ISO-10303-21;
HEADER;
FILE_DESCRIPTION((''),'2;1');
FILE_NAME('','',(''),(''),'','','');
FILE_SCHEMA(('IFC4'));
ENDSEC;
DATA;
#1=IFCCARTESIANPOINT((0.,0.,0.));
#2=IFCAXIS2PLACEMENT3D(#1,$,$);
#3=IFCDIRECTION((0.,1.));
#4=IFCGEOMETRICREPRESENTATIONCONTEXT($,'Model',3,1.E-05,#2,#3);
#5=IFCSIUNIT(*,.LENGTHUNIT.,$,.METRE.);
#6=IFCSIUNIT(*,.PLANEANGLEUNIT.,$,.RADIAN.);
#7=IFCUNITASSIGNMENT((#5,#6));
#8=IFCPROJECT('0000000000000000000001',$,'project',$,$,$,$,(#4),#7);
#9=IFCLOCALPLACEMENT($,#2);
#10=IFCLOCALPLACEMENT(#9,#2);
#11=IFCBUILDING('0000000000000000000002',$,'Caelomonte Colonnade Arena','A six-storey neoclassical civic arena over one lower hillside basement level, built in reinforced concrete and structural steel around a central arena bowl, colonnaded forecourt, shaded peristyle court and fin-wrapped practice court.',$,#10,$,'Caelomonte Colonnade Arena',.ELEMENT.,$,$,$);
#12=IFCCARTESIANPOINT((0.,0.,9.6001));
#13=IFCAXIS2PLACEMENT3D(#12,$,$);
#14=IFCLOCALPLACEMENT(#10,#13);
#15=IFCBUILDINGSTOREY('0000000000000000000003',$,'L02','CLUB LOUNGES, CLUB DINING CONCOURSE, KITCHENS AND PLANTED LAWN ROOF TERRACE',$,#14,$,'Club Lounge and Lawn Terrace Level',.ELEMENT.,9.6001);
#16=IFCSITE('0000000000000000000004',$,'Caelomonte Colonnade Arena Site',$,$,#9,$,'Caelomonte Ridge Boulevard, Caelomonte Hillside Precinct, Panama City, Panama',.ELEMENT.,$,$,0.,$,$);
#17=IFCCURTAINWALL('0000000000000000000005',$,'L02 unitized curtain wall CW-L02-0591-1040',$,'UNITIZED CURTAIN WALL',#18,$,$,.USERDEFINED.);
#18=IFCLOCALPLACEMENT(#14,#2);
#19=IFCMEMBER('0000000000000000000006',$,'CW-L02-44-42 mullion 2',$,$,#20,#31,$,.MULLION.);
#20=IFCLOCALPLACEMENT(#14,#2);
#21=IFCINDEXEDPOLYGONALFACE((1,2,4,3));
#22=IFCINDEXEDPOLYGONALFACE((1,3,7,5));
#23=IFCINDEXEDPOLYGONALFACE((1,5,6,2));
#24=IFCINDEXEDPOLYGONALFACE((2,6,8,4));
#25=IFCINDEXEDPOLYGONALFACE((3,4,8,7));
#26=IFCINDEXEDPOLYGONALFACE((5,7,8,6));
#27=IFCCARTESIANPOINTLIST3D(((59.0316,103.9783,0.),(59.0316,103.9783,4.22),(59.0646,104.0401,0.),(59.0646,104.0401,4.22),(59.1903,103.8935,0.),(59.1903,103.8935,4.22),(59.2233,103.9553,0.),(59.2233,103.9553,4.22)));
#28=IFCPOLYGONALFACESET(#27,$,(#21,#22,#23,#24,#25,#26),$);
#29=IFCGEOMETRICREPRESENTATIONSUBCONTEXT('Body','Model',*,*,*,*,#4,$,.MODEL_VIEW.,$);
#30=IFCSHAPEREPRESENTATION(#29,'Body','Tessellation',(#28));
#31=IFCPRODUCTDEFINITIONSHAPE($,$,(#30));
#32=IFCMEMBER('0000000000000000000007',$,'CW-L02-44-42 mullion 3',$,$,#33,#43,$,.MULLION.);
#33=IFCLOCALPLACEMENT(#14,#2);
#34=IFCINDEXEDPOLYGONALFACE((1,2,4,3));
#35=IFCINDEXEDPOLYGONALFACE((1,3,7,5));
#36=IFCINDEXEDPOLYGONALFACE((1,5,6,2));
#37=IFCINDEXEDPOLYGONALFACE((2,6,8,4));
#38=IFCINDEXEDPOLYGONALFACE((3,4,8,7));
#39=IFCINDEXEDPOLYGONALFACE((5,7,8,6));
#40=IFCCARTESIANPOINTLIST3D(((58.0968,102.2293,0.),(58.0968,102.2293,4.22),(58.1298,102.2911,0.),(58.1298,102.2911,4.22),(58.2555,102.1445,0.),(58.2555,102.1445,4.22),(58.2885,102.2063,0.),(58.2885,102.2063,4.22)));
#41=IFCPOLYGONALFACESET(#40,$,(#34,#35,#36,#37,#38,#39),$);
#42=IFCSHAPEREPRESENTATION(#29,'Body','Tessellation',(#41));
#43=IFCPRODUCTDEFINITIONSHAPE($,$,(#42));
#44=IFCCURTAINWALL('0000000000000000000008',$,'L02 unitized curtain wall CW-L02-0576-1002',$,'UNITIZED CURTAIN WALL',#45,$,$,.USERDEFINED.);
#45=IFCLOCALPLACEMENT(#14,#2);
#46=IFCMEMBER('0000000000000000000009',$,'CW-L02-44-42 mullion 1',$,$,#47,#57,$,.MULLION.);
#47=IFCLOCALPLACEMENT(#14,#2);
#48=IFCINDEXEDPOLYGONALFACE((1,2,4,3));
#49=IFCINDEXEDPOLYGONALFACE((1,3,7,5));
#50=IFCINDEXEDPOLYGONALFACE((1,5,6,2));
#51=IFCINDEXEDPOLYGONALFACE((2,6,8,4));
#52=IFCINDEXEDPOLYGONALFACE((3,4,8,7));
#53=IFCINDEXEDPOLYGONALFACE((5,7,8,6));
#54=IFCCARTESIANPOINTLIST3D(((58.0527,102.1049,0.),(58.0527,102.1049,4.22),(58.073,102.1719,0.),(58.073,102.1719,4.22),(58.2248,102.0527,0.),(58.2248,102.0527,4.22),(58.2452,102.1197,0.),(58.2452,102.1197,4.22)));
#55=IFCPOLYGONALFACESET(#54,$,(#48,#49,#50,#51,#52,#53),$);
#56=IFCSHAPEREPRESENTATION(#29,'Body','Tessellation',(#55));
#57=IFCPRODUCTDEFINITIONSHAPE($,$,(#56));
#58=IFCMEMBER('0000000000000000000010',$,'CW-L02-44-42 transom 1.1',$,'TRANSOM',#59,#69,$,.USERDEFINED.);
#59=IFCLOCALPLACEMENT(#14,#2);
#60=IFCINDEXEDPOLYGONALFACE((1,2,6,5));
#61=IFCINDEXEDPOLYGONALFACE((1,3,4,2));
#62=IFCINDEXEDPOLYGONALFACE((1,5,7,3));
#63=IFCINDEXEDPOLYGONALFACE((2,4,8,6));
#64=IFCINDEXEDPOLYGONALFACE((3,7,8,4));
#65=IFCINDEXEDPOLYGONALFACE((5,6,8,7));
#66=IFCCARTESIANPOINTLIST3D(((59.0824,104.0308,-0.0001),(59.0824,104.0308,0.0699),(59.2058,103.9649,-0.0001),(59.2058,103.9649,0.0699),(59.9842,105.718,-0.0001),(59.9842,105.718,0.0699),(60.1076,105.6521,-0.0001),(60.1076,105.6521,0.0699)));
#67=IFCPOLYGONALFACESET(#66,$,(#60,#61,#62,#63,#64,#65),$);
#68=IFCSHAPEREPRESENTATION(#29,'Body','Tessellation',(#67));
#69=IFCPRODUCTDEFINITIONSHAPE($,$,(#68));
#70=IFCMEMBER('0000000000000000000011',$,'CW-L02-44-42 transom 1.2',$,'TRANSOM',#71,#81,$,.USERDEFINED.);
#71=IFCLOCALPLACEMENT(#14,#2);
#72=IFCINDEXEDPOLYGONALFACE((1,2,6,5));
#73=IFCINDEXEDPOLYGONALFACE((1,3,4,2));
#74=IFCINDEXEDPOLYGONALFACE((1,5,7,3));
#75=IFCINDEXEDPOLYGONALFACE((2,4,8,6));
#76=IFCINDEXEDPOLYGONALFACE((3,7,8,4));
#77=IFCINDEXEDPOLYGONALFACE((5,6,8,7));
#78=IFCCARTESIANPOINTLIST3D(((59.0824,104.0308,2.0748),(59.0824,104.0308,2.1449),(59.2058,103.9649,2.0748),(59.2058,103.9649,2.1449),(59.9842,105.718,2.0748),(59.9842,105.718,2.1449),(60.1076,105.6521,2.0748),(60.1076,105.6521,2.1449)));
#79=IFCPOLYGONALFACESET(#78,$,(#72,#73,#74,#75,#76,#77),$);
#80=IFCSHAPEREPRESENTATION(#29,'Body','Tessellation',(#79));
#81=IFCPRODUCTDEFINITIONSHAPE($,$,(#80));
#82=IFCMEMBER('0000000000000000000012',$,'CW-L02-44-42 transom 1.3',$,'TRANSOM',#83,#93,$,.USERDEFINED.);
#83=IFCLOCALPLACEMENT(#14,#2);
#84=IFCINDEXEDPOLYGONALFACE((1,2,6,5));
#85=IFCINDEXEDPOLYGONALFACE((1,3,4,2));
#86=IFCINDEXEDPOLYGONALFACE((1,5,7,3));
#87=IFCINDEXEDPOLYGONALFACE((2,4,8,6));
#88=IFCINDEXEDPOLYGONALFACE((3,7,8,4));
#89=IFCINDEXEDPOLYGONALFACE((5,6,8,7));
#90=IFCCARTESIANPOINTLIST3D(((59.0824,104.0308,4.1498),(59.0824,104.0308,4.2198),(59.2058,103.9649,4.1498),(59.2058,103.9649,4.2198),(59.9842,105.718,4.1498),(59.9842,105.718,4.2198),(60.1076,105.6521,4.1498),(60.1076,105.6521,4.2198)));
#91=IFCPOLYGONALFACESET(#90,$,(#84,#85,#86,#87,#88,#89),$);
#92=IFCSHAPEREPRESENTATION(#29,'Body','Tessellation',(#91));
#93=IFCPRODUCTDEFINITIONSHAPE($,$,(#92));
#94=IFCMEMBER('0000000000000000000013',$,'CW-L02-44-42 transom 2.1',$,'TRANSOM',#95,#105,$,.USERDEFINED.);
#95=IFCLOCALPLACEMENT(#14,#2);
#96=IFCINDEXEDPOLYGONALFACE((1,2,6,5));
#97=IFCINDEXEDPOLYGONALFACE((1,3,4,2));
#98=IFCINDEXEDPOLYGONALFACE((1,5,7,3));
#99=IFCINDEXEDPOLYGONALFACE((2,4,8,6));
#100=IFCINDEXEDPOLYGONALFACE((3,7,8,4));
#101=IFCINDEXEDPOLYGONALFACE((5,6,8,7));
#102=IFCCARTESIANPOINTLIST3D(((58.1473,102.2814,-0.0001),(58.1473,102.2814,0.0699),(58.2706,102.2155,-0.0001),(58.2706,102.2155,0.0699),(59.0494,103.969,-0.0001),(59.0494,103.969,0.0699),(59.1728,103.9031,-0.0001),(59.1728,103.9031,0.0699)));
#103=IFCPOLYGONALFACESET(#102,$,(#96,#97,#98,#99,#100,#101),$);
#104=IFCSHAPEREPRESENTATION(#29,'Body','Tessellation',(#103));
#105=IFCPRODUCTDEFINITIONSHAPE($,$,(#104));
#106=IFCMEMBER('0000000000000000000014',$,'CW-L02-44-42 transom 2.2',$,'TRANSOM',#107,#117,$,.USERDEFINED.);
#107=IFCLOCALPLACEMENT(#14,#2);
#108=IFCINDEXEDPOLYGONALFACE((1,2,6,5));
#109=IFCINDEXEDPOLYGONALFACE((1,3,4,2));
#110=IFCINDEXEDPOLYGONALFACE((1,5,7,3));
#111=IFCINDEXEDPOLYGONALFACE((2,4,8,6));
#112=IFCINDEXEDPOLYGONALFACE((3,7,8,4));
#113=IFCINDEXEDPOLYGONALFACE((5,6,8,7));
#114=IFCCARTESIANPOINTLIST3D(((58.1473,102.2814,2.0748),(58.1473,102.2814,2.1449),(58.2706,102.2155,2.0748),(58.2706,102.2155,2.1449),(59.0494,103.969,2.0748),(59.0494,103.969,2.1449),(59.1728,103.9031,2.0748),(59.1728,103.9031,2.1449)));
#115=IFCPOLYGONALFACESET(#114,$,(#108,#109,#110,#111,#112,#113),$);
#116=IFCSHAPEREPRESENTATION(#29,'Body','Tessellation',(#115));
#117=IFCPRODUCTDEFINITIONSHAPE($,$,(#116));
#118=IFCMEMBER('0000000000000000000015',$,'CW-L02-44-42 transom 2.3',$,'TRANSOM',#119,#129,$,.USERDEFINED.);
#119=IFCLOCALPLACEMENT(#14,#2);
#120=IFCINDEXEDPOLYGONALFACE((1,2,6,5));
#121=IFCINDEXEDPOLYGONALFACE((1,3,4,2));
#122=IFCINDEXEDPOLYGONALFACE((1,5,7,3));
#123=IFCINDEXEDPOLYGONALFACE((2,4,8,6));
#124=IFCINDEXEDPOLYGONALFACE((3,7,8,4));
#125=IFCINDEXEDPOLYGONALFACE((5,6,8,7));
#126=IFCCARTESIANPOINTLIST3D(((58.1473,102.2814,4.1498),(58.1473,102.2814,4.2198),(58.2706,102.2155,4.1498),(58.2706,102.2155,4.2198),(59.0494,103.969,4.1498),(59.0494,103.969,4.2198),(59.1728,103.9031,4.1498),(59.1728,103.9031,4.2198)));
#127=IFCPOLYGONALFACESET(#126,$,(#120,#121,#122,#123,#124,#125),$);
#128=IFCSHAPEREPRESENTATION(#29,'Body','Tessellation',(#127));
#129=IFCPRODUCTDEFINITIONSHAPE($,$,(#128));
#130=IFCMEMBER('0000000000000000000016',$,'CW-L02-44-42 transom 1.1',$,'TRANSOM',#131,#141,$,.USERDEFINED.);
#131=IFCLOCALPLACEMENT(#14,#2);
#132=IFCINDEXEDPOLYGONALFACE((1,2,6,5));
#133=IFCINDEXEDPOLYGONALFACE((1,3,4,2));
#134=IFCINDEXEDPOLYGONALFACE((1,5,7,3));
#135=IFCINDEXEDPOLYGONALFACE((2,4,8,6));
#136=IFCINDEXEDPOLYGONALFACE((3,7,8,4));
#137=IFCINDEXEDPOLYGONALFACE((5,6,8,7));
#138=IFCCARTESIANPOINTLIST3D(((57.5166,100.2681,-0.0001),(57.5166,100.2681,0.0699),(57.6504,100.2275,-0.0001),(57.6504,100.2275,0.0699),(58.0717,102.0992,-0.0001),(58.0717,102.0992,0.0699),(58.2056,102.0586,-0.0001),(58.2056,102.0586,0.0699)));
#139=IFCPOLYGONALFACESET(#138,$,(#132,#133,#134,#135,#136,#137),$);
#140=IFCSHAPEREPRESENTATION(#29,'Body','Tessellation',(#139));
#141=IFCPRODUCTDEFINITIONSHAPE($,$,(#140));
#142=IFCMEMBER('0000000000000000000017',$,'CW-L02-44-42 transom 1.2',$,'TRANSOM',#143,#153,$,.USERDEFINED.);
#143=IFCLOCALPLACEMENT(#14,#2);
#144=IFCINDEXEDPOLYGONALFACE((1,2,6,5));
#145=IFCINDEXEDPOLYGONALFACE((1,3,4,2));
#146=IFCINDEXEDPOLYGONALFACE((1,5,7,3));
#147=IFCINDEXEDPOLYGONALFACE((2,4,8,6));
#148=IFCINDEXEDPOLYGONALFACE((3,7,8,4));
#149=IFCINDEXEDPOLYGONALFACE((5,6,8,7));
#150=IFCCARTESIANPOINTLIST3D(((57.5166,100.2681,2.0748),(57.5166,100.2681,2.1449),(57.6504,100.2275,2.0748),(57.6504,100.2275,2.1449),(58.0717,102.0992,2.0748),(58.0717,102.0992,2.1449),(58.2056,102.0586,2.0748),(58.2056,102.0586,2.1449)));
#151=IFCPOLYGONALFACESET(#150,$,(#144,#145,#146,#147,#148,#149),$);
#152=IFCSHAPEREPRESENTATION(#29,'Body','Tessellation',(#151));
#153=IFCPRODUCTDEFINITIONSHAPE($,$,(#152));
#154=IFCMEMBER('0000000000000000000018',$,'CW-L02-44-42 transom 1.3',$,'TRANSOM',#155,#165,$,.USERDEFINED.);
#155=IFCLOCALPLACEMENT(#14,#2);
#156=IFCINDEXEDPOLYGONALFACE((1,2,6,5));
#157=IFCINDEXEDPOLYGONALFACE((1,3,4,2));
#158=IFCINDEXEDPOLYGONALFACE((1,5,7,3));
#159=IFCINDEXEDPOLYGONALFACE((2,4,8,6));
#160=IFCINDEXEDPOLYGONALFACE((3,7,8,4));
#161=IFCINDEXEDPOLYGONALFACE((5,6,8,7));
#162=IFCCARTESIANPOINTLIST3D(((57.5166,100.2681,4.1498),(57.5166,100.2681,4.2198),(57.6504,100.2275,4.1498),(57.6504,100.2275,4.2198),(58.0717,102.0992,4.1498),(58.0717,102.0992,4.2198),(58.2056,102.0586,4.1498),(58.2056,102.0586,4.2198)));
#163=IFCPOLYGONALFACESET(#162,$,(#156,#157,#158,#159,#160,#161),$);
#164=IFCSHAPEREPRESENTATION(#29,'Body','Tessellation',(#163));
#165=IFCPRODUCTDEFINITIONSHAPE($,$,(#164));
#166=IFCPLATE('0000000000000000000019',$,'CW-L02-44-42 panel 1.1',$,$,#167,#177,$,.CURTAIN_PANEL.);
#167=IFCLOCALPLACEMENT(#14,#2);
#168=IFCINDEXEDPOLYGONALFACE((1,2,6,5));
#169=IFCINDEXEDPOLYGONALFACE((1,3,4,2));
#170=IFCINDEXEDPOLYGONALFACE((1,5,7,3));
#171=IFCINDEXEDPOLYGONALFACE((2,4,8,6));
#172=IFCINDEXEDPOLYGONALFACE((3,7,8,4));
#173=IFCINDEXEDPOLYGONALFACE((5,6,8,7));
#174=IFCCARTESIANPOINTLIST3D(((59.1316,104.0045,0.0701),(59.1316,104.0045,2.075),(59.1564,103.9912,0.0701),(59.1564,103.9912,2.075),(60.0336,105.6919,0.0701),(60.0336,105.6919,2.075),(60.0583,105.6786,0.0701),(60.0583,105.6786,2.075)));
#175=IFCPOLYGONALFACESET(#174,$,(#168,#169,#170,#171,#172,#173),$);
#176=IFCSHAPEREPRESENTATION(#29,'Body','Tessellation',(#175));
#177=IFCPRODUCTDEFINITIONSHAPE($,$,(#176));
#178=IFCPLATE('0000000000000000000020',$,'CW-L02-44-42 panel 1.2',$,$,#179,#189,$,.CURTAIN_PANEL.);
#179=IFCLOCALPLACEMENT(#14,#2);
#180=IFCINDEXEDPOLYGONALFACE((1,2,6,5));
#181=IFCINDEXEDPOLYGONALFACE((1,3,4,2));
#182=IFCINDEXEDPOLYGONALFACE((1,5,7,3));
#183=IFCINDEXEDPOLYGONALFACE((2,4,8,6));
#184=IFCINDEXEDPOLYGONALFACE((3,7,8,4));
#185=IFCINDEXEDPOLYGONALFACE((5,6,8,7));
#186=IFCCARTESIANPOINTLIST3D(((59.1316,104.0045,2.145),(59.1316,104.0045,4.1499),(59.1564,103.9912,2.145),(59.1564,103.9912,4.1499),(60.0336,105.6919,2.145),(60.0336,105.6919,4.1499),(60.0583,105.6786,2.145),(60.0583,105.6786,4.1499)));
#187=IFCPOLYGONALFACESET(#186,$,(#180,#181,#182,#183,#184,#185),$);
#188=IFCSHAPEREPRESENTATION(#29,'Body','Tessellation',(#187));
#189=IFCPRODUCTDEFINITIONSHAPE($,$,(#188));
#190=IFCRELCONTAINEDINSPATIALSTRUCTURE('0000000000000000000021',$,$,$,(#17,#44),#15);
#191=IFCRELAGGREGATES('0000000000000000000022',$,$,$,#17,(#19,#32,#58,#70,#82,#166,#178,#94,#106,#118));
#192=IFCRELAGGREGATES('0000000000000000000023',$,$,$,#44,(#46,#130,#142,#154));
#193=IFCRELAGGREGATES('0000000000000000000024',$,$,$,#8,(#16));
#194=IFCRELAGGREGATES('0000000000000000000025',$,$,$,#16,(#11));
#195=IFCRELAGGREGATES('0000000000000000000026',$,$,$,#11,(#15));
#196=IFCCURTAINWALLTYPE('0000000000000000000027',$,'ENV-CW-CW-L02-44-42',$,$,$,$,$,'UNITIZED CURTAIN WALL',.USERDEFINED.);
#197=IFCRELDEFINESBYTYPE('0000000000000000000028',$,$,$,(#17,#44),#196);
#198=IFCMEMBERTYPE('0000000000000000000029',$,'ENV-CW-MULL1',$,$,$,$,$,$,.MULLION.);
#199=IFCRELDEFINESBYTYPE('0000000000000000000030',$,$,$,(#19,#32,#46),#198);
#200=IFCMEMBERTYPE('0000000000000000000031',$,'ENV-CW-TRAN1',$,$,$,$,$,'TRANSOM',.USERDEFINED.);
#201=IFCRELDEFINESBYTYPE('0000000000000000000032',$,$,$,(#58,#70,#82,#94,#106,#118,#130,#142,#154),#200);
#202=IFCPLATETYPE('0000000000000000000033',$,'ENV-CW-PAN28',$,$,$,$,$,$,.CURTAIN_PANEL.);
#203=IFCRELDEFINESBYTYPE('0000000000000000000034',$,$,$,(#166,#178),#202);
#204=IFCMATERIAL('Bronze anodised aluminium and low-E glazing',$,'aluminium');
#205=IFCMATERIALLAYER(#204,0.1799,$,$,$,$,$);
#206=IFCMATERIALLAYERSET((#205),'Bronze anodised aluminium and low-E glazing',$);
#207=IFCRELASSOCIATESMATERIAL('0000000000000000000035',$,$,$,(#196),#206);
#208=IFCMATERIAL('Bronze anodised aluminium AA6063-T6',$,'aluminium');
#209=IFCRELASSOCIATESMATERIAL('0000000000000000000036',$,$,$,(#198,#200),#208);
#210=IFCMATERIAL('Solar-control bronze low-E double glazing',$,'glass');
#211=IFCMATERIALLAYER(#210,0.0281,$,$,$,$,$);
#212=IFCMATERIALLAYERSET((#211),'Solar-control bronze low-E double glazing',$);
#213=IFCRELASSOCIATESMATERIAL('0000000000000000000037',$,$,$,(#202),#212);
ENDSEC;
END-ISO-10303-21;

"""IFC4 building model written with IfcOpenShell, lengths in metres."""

from ifc_helpers import new_model, si_unit, direction, frame, origin, origin_2d, place, context, subcontext, project, spatial, rectangle, extrude, material, layer, layer_set, material_profile, profile_set, type_object, element, aggregate, save


model = new_model("IFC4")

# Units and contexts
model_context = context("Model", 3, precision=1e-05, world=origin(), true_north=direction((0.0, 1.0)))
body_context = subcontext(model_context, "Body", "Model", "MODEL_VIEW")
ifc_project = project(units=[si_unit("LENGTHUNIT", "METRE"), si_unit("PLANEANGLEUNIT", "RADIAN")], contexts=[model_context])

# Site, building, storey
site_placement = place(None, origin())
site = spatial("IfcSite", under=ifc_project, at=site_placement, Name="Caelomonte Colonnade Arena Site", LongName="Caelomonte Ridge Boulevard, Caelomonte Hillside Precinct, Panama City, Panama", CompositionType="ELEMENT", RefElevation=0.0)
building_placement = place(site_placement, origin())
building = spatial("IfcBuilding", under=site, at=building_placement, Name="Caelomonte Colonnade Arena", Description="A six-storey neoclassical civic arena over one lower hillside basement level, built in reinforced concrete and structural steel around a central arena bowl, colonnaded forecourt, shaded peristyle court and fin-wrapped practice court.", LongName="Caelomonte Colonnade Arena", CompositionType="ELEMENT")
storey_placement = place(building_placement, frame((0.0, 0.0, 9.6001)))
storey = spatial("IfcBuildingStorey", under=building, at=storey_placement, Name="L02", Description="CLUB LOUNGES, CLUB DINING CONCOURSE, KITCHENS AND PLANTED LAWN ROOF TERRACE", LongName="Club Lounge and Lawn Terrace Level", CompositionType="ELEMENT", Elevation=9.6001)

# Curtain wall, members
ifc_material_1 = material(Name="Bronze anodised aluminium and low-E glazing", Category="aluminium")
ifc_layer_1 = layer(ifc_material_1, 0.1799)
ifc_layer_set_1 = layer_set([ifc_layer_1], Name="Bronze anodised aluminium and low-E glazing")
curtain_wall_type = type_object("IfcCurtainWallType", Name="ENV-CW-CW-L02-44-42", ElementType="UNITIZED CURTAIN WALL", PredefinedType="USERDEFINED", material=ifc_layer_set_1)
curtain_wall_1_placement = place(storey_placement, origin())
curtain_wall_1 = element("IfcCurtainWall", 1, at=curtain_wall_1_placement, inside=storey, type_object=curtain_wall_type, Name="L02 unitized curtain wall CW-L02-0591-1040", ObjectType="UNITIZED CURTAIN WALL", PredefinedType="USERDEFINED")
ifc_material_2 = material(Name="Bronze anodised aluminium AA6063-T6", Category="aluminium")
ifc_material_profile_1 = material_profile(ifc_material_2, rectangle(XDim=0.0701, YDim=0.1799, at=origin_2d()), Name="CWM-70X180")
ifc_profile_set_1 = profile_set([ifc_material_profile_1], Name="Bronze anodised aluminium AA6063-T6")
member_type_1 = type_object("IfcMemberType", Name="ENV-CW-MULL1", PredefinedType="MULLION", material=ifc_profile_set_1)
member_1_placement = place(storey_placement, frame((59.1274, 103.9668, 0.0), z_axis=(0.0, 0.0, 1.0), x_axis=(-0.471394, -0.881923, 0.0)))
member_1 = element("IfcMember", 2, at=member_1_placement, type_object=member_type_1, Name="CW-L02-44-42 mullion 2", PredefinedType="MULLION", context=body_context, shape_type="SweptSolid", body=[
    extrude(rectangle(XDim=0.0701, YDim=0.1799, at=origin_2d()), origin(), (0.0, 0.0, 1.0), 4.22),
])
member_2_placement = place(storey_placement, frame((58.1926, 102.2178, 0.0), z_axis=(0.0, 0.0, 1.0), x_axis=(-0.471394, -0.881923, 0.0)))
member_2 = element("IfcMember", 3, at=member_2_placement, type_object=member_type_1, Name="CW-L02-44-42 mullion 3", PredefinedType="MULLION", context=body_context, shape_type="SweptSolid", body=[
    extrude(rectangle(XDim=0.0701, YDim=0.1799, at=origin_2d()), origin(), (0.0, 0.0, 1.0), 4.22),
])

# Curtain wall, member
curtain_wall_2_placement = place(storey_placement, origin())
curtain_wall_2 = element("IfcCurtainWall", 4, at=curtain_wall_2_placement, inside=storey, type_object=curtain_wall_type, Name="L02 unitized curtain wall CW-L02-0576-1002", ObjectType="UNITIZED CURTAIN WALL", PredefinedType="USERDEFINED")
member_3_placement = place(storey_placement, frame((58.1489, 102.1123, 0.0), z_axis=(0.0, 0.0, 1.0), x_axis=(-0.290256, -0.956949, 0.0)))
member_3 = element("IfcMember", 5, at=member_3_placement, type_object=member_type_1, Name="CW-L02-44-42 mullion 1", PredefinedType="MULLION", context=body_context, shape_type="SweptSolid", body=[
    extrude(rectangle(XDim=0.0701, YDim=0.1799, at=origin_2d()), origin(), (0.0, 0.0, 1.0), 4.22),
])

# Members
ifc_material_profile_2 = material_profile(ifc_material_2, rectangle(XDim=0.0701, YDim=0.1399, at=origin_2d()), Name="CWT-70X140")
ifc_profile_set_2 = profile_set([ifc_material_profile_2], Name="Bronze anodised aluminium AA6063-T6")
member_type_2 = type_object("IfcMemberType", Name="ENV-CW-TRAN1", ElementType="TRANSOM", PredefinedType="USERDEFINED", material=ifc_profile_set_2)
member_4_placement = place(storey_placement, frame((60.0459, 105.6851, 0.0349), z_axis=(-0.471396, -0.881922, 0.0), x_axis=(0.0, 0.0, 1.0)))
member_4 = element("IfcMember", 6, at=member_4_placement, type_object=member_type_2, Name="CW-L02-44-42 transom 1.1", ObjectType="TRANSOM", PredefinedType="USERDEFINED", context=body_context, shape_type="SweptSolid", body=[
    extrude(rectangle(XDim=0.0701, YDim=0.1399, at=origin_2d()), origin(), (0.0, 0.0, 1.0), 1.9131),
])
member_5_placement = place(storey_placement, frame((60.0459, 105.6851, 2.1099), z_axis=(-0.471396, -0.881922, 0.0), x_axis=(0.0, 0.0, 1.0)))
member_5 = element("IfcMember", 7, at=member_5_placement, type_object=member_type_2, Name="CW-L02-44-42 transom 1.2", ObjectType="TRANSOM", PredefinedType="USERDEFINED", context=body_context, shape_type="SweptSolid", body=[
    extrude(rectangle(XDim=0.0701, YDim=0.1399, at=origin_2d()), origin(), (0.0, 0.0, 1.0), 1.9131),
])
member_6_placement = place(storey_placement, frame((60.0459, 105.6851, 4.1848), z_axis=(-0.471396, -0.881922, 0.0), x_axis=(0.0, 0.0, 1.0)))
member_6 = element("IfcMember", 8, at=member_6_placement, type_object=member_type_2, Name="CW-L02-44-42 transom 1.3", ObjectType="TRANSOM", PredefinedType="USERDEFINED", context=body_context, shape_type="SweptSolid", body=[
    extrude(rectangle(XDim=0.0701, YDim=0.1399, at=origin_2d()), origin(), (0.0, 0.0, 1.0), 1.9131),
])
member_7_placement = place(storey_placement, frame((59.1111, 103.936, 0.0349), z_axis=(-0.471442, -0.881897, 0.0), x_axis=(0.0, 0.0, 1.0)))
member_7 = element("IfcMember", 9, at=member_7_placement, type_object=member_type_2, Name="CW-L02-44-42 transom 2.1", ObjectType="TRANSOM", PredefinedType="USERDEFINED", context=body_context, shape_type="SweptSolid", body=[
    extrude(rectangle(XDim=0.0701, YDim=0.1399, at=origin_2d()), origin(), (0.0, 0.0, 1.0), 1.9136),
])
member_8_placement = place(storey_placement, frame((59.1111, 103.936, 2.1099), z_axis=(-0.471442, -0.881897, 0.0), x_axis=(0.0, 0.0, 1.0)))
member_8 = element("IfcMember", 10, at=member_8_placement, type_object=member_type_2, Name="CW-L02-44-42 transom 2.2", ObjectType="TRANSOM", PredefinedType="USERDEFINED", context=body_context, shape_type="SweptSolid", body=[
    extrude(rectangle(XDim=0.0701, YDim=0.1399, at=origin_2d()), origin(), (0.0, 0.0, 1.0), 1.9136),
])
member_9_placement = place(storey_placement, frame((59.1111, 103.936, 4.1848), z_axis=(-0.471442, -0.881897, 0.0), x_axis=(0.0, 0.0, 1.0)))
member_9 = element("IfcMember", 11, at=member_9_placement, type_object=member_type_2, Name="CW-L02-44-42 transom 2.3", ObjectType="TRANSOM", PredefinedType="USERDEFINED", context=body_context, shape_type="SweptSolid", body=[
    extrude(rectangle(XDim=0.0701, YDim=0.1399, at=origin_2d()), origin(), (0.0, 0.0, 1.0), 1.9136),
])
member_10_placement = place(storey_placement, frame((58.1387, 102.0789, 0.0349), z_axis=(-0.290156, -0.956979, 0.0), x_axis=(0.0, 0.0, 1.0)))
member_10 = element("IfcMember", 12, at=member_10_placement, type_object=member_type_2, Name="CW-L02-44-42 transom 1.1", ObjectType="TRANSOM", PredefinedType="USERDEFINED", context=body_context, shape_type="SweptSolid", body=[
    extrude(rectangle(XDim=0.0701, YDim=0.1399, at=origin_2d()), origin(), (0.0, 0.0, 1.0), 1.9133),
])
member_11_placement = place(storey_placement, frame((58.1387, 102.0789, 2.1099), z_axis=(-0.290156, -0.956979, 0.0), x_axis=(0.0, 0.0, 1.0)))
member_11 = element("IfcMember", 13, at=member_11_placement, type_object=member_type_2, Name="CW-L02-44-42 transom 1.2", ObjectType="TRANSOM", PredefinedType="USERDEFINED", context=body_context, shape_type="SweptSolid", body=[
    extrude(rectangle(XDim=0.0701, YDim=0.1399, at=origin_2d()), origin(), (0.0, 0.0, 1.0), 1.9133),
])
member_12_placement = place(storey_placement, frame((58.1387, 102.0789, 4.1848), z_axis=(-0.290156, -0.956979, 0.0), x_axis=(0.0, 0.0, 1.0)))
member_12 = element("IfcMember", 14, at=member_12_placement, type_object=member_type_2, Name="CW-L02-44-42 transom 1.3", ObjectType="TRANSOM", PredefinedType="USERDEFINED", context=body_context, shape_type="SweptSolid", body=[
    extrude(rectangle(XDim=0.0701, YDim=0.1399, at=origin_2d()), origin(), (0.0, 0.0, 1.0), 1.9133),
])

# Plates
ifc_material_3 = material(Name="Solar-control bronze low-E double glazing", Category="glass")
ifc_layer_2 = layer(ifc_material_3, 0.0281)
ifc_layer_set_2 = layer_set([ifc_layer_2], Name="Solar-control bronze low-E double glazing")
plate_type = type_object("IfcPlateType", Name="ENV-CW-PAN28", PredefinedType="CURTAIN_PANEL", material=ifc_layer_set_2)
plate_1_placement = place(storey_placement, frame((59.595, 104.8416, 0.0701), z_axis=(0.0, 0.0, 1.0), x_axis=(-0.471394, -0.881923, 0.0)))
plate_1 = element("IfcPlate", 15, at=plate_1_placement, type_object=plate_type, Name="CW-L02-44-42 panel 1.1", PredefinedType="CURTAIN_PANEL", context=body_context, shape_type="SweptSolid", body=[
    extrude(rectangle(XDim=1.9133, YDim=0.0281, at=origin_2d()), origin(), (0.0, 0.0, 1.0), 2.0049),
])
plate_2_placement = place(storey_placement, frame((59.595, 104.8416, 2.145), z_axis=(0.0, 0.0, 1.0), x_axis=(-0.471394, -0.881923, 0.0)))
plate_2 = element("IfcPlate", 16, at=plate_2_placement, type_object=plate_type, Name="CW-L02-44-42 panel 1.2", PredefinedType="CURTAIN_PANEL", context=body_context, shape_type="SweptSolid", body=[
    extrude(rectangle(XDim=1.9133, YDim=0.0281, at=origin_2d()), origin(), (0.0, 0.0, 1.0), 2.0049),
])
aggregate(curtain_wall_1, [member_1, member_2, member_4, member_5, member_6, plate_1, plate_2, member_7, member_8, member_9])
aggregate(curtain_wall_2, [member_3, member_10, member_11, member_12])

save(model, "model.ifc")
